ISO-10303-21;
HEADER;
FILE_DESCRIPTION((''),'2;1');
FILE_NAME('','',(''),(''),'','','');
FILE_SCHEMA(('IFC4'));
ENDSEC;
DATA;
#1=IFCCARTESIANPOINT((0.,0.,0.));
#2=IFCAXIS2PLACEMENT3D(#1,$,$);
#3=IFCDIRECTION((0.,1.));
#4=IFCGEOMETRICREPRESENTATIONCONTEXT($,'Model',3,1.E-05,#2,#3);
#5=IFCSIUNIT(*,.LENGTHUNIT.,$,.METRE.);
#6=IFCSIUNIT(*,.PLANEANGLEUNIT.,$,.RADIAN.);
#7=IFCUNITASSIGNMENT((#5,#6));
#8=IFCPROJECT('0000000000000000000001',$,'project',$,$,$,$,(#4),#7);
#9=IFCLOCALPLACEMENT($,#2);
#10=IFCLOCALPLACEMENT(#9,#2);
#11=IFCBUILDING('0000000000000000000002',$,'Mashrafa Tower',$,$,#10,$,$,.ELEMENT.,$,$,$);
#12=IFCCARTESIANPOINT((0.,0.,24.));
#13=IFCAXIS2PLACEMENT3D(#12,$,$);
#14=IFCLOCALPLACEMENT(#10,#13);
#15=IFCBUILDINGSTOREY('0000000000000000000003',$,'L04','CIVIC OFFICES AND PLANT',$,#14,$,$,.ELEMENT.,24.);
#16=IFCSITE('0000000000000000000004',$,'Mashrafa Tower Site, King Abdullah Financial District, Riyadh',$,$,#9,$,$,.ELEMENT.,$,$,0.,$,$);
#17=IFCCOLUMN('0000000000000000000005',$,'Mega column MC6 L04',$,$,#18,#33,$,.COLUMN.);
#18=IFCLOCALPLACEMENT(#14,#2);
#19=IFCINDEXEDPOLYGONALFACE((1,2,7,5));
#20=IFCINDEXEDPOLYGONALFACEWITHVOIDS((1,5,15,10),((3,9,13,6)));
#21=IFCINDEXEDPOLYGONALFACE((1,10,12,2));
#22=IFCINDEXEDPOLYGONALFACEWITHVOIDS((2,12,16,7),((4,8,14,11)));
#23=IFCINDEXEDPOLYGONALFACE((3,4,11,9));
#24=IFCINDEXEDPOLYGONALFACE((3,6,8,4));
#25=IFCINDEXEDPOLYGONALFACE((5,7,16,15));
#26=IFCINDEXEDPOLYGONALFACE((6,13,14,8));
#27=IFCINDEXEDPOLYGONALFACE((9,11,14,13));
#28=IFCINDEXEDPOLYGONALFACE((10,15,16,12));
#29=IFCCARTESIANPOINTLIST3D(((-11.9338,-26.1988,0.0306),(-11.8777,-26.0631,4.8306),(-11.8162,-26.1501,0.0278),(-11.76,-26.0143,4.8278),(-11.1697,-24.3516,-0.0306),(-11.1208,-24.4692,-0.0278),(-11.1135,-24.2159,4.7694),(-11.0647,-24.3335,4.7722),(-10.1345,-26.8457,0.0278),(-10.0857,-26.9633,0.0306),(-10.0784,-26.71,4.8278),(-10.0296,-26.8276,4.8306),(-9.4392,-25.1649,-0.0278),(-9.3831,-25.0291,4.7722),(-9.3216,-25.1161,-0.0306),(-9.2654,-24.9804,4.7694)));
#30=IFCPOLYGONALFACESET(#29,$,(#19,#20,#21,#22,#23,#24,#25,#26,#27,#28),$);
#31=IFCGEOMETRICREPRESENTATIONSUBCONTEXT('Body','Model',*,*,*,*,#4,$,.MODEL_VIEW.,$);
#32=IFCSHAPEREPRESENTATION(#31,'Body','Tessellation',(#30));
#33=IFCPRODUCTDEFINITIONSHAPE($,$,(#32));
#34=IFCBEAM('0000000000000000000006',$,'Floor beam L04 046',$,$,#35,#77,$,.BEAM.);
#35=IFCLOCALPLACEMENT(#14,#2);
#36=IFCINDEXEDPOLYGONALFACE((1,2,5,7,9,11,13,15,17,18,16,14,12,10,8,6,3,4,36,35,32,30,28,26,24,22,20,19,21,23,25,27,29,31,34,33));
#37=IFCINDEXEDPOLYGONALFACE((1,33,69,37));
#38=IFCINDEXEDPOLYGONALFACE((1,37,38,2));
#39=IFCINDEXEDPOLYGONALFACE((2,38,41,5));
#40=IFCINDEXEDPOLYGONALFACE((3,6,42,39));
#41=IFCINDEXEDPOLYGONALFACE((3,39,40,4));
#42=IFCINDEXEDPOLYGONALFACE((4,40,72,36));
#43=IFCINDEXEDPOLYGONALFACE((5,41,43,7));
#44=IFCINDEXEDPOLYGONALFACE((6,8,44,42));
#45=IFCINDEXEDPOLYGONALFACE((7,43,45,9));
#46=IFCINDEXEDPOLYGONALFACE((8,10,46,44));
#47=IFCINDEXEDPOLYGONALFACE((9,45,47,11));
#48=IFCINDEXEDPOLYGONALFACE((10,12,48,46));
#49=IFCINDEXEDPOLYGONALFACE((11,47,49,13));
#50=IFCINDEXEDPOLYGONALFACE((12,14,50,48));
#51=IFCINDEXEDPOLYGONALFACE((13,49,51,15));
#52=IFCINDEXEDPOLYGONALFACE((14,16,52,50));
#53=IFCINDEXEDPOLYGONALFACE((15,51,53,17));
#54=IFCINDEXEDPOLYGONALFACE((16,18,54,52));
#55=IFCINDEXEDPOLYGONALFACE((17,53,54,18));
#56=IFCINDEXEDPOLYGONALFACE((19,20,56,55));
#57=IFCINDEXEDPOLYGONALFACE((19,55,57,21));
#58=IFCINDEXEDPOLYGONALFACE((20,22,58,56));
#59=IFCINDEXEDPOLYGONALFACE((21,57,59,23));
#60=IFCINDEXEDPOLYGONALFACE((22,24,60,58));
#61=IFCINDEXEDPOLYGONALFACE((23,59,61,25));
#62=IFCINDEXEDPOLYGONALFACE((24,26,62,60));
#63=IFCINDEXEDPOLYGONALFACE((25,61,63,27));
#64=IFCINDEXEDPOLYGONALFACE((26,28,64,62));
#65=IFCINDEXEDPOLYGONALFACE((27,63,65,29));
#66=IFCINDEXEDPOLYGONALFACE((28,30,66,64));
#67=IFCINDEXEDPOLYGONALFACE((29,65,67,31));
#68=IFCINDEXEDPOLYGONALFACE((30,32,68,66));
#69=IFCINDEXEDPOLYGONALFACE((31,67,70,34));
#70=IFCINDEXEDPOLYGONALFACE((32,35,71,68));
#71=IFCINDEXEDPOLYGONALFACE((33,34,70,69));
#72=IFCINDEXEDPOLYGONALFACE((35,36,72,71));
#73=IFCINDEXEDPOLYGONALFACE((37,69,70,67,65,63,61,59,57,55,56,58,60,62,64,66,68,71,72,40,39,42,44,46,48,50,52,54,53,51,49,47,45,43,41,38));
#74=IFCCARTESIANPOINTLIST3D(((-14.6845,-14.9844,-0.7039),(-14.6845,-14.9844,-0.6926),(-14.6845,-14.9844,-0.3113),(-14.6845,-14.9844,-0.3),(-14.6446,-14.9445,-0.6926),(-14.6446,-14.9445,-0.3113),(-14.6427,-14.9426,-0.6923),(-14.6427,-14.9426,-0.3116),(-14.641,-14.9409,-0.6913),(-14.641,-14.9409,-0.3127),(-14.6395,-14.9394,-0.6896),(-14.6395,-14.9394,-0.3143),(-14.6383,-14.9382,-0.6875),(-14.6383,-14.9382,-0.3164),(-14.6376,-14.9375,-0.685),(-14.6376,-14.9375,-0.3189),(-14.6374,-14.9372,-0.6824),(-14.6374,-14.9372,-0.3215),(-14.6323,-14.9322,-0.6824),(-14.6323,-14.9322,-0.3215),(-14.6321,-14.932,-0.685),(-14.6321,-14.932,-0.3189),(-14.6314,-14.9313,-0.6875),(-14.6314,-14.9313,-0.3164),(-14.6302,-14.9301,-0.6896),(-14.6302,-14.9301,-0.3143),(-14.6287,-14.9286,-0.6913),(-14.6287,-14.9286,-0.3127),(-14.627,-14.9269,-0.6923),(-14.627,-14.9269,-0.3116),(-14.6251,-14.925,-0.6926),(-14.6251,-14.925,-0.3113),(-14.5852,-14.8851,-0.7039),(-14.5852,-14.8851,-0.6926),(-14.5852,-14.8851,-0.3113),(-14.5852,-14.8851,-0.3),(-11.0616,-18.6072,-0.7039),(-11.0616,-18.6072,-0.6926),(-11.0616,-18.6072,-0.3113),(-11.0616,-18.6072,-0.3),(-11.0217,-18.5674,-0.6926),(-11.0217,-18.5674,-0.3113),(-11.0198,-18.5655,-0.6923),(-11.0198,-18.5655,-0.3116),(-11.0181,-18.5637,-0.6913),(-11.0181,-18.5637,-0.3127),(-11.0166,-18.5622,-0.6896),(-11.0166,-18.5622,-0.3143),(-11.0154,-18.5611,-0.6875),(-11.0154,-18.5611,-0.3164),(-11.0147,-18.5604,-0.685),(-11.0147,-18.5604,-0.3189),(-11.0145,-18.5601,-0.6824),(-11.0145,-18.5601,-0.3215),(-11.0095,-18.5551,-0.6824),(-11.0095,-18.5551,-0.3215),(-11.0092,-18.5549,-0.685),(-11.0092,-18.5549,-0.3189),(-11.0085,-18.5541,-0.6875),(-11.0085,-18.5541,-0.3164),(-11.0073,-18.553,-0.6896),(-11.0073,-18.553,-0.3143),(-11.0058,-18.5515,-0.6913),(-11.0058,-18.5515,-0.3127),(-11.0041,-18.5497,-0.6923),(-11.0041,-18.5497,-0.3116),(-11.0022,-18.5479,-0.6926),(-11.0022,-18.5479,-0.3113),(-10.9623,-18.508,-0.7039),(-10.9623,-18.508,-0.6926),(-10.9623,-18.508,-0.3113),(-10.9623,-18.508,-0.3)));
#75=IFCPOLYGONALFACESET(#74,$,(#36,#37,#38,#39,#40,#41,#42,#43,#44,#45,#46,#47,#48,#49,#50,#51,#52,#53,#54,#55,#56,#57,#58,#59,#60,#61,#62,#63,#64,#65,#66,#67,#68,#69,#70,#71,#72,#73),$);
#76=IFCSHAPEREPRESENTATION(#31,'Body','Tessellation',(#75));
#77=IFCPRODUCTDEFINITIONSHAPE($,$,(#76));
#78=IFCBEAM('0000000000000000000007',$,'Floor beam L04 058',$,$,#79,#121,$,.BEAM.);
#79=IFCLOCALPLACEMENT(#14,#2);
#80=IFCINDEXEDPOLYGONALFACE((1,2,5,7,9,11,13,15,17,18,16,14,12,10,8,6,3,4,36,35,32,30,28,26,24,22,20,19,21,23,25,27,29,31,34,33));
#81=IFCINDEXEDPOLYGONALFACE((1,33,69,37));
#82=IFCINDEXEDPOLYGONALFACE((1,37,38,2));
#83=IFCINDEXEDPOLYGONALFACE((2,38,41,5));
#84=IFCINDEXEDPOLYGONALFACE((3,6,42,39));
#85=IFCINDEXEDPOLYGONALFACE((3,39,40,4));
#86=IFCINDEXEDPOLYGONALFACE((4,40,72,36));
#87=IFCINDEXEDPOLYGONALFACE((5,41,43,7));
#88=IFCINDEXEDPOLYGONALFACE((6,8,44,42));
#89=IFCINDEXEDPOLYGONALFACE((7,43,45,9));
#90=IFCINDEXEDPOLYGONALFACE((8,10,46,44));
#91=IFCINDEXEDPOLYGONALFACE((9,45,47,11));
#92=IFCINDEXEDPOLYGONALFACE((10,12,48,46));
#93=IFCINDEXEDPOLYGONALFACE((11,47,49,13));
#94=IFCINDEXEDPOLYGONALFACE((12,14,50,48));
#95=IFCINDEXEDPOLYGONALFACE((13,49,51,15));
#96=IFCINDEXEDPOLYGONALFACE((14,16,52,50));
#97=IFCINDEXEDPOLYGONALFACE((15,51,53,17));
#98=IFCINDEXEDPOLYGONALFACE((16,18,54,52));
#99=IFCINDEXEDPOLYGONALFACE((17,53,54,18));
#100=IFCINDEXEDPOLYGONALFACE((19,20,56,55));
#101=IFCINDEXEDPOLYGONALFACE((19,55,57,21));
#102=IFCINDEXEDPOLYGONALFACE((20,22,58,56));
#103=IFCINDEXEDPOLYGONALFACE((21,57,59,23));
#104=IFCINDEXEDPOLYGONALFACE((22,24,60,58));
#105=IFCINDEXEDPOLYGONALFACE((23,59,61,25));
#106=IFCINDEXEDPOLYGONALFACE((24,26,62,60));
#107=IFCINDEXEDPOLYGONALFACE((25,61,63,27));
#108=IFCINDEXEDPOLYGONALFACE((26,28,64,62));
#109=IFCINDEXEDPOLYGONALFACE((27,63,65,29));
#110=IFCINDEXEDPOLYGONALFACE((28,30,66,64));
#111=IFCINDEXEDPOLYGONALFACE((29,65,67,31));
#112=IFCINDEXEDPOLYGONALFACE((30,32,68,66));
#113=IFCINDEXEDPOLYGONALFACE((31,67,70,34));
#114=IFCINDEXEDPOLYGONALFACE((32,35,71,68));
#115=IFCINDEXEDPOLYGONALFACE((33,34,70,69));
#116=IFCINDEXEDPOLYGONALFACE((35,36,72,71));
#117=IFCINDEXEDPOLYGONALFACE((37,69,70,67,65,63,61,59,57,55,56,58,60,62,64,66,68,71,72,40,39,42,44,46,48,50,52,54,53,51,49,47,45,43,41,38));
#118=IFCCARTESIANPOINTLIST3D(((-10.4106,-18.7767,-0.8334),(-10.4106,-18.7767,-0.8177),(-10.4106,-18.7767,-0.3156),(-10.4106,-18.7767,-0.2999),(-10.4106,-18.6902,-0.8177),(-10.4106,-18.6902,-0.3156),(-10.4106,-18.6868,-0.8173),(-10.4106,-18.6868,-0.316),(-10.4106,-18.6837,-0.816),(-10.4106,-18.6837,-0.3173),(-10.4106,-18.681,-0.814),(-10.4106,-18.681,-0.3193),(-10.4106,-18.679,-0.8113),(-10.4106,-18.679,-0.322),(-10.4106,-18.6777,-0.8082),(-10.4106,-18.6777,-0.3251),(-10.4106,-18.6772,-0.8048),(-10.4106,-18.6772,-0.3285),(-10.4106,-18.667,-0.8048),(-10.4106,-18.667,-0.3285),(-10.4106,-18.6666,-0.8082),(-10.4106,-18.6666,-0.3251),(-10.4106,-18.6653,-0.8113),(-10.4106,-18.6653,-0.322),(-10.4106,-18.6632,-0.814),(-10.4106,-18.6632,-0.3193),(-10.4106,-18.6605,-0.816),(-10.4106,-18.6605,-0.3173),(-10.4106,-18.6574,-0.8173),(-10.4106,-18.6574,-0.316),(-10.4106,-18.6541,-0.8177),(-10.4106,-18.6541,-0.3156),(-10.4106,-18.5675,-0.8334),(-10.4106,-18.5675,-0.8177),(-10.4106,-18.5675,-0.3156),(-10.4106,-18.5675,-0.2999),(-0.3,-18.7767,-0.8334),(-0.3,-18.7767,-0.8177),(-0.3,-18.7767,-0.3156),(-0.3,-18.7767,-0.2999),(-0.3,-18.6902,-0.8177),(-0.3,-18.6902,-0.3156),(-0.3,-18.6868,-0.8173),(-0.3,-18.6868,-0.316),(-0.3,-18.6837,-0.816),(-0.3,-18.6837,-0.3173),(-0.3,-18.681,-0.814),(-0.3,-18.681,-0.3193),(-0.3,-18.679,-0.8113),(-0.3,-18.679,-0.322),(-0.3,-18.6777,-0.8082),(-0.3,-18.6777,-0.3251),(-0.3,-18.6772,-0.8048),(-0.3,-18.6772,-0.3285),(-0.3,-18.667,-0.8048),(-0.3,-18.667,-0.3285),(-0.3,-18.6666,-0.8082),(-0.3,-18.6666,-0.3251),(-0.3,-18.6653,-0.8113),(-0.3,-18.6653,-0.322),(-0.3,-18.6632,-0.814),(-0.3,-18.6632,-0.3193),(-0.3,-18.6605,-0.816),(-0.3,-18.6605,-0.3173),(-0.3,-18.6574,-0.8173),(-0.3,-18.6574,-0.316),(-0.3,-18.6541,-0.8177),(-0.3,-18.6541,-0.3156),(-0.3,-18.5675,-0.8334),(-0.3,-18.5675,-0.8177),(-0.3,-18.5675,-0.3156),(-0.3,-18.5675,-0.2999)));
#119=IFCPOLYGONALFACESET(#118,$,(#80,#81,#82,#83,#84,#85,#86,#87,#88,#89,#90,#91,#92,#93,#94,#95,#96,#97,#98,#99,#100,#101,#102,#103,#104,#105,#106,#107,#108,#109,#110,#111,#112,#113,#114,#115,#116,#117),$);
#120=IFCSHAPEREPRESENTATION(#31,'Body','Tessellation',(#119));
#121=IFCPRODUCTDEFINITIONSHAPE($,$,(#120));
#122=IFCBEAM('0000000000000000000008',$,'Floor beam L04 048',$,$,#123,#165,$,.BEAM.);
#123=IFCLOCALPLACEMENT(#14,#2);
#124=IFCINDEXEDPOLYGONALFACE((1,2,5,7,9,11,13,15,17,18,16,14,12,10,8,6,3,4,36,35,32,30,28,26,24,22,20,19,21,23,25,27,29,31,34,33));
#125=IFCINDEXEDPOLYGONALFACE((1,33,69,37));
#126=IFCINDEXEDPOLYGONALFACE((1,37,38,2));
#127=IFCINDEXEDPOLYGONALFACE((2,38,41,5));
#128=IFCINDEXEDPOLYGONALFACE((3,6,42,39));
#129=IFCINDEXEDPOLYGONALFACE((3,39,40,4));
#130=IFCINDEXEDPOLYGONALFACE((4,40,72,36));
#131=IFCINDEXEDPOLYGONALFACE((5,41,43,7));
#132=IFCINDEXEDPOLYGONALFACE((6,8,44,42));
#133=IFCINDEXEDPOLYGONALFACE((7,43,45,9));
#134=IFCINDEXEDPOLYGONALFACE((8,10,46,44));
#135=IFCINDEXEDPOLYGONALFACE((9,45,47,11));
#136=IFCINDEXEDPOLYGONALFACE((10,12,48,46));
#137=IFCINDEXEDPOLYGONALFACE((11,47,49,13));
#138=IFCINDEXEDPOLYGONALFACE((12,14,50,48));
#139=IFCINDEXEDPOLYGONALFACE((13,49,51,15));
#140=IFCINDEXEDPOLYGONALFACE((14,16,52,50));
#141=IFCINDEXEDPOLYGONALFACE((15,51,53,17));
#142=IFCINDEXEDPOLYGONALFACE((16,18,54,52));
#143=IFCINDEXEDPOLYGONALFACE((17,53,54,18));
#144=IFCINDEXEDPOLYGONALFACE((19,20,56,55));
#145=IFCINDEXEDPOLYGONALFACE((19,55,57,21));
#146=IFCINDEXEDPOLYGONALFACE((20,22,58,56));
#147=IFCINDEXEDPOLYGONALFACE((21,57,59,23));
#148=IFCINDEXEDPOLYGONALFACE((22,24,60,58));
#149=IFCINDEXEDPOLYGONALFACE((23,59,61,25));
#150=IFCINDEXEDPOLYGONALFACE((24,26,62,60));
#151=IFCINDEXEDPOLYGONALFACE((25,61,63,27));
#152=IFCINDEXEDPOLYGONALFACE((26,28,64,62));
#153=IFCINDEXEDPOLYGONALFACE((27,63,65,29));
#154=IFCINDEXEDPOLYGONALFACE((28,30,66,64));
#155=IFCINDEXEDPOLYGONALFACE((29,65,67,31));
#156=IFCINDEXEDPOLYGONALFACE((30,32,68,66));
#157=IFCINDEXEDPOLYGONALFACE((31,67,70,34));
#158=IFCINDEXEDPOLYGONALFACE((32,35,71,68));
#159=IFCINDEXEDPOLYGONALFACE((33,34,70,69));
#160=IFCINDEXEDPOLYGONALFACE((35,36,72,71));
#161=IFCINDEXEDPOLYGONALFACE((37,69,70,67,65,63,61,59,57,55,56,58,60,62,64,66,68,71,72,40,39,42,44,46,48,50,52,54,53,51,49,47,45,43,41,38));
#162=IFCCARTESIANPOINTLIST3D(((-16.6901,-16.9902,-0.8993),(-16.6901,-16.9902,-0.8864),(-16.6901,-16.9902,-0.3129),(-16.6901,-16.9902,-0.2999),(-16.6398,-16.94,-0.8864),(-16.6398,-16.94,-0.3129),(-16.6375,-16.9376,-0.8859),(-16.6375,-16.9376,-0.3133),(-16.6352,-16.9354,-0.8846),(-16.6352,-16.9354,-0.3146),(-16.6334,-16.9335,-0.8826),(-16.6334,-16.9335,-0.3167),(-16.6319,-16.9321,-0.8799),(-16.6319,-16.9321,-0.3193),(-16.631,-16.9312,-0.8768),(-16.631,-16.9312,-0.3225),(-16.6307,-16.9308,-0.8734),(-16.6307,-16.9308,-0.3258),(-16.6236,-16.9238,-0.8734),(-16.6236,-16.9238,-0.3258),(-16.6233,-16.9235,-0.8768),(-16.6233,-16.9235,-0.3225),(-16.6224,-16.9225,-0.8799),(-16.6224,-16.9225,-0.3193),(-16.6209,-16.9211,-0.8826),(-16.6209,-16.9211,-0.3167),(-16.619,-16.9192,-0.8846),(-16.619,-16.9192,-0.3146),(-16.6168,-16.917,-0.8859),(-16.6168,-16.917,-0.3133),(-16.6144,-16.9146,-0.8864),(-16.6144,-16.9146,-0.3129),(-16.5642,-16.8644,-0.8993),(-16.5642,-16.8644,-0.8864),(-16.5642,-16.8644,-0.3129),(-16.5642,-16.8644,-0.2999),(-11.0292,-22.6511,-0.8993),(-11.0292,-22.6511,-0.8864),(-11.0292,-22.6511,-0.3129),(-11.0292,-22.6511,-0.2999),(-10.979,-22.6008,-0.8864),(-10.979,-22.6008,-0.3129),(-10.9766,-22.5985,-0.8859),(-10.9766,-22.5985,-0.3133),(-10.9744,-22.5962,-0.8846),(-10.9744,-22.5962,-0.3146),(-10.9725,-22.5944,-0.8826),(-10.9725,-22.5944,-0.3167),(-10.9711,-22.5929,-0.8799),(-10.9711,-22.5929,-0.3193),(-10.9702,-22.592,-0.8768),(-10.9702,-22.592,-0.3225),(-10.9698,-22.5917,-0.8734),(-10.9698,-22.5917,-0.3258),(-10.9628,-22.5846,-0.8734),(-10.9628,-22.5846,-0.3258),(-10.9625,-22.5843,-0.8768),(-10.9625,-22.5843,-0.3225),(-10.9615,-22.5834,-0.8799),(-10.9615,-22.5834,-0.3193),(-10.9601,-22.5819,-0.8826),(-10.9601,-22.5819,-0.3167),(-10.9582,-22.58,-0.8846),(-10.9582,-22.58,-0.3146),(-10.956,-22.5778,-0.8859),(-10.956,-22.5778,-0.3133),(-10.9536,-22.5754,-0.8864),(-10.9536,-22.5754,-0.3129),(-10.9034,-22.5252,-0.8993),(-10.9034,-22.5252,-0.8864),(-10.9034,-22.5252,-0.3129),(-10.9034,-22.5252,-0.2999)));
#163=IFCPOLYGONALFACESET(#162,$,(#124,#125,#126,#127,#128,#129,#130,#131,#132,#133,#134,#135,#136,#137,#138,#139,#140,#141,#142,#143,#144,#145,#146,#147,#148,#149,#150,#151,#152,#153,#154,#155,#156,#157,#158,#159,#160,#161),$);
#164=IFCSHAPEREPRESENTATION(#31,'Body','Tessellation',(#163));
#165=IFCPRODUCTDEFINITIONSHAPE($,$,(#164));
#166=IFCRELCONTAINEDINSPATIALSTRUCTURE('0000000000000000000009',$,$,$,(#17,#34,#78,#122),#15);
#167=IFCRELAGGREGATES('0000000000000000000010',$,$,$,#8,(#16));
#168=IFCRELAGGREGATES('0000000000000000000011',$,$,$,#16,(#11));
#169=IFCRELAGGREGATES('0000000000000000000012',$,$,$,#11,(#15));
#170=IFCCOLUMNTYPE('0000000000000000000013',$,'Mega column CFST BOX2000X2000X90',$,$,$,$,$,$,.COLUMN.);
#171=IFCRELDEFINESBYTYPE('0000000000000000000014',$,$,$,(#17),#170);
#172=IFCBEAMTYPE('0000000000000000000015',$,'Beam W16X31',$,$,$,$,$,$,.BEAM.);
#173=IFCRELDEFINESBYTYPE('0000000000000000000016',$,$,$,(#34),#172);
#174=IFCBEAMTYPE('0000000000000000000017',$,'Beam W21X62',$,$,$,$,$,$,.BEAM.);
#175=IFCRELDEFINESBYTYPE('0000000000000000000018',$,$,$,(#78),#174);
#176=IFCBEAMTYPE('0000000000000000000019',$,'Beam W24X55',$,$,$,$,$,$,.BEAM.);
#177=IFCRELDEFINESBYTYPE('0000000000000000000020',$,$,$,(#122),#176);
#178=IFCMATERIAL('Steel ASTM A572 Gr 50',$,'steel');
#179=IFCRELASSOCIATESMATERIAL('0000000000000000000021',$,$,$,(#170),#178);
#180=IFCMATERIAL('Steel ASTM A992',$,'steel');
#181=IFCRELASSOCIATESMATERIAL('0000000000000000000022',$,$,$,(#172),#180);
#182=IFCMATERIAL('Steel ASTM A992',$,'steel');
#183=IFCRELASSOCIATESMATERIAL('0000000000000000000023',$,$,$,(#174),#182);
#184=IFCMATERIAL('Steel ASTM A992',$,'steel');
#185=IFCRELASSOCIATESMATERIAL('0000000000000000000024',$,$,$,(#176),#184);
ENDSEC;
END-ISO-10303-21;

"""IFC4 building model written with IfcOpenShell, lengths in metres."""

from ifc_helpers import new_model, si_unit, direction, frame, origin, origin_2d, place, context, subcontext, project, spatial, hollow_rectangle, i_section, extrude, material, material_profile, profile_set, type_object, element, save


model = new_model("IFC4")

# Units and contexts
model_context = context("Model", 3, precision=1e-05, world=origin(), true_north=direction((0.0, 1.0)))
body_context = subcontext(model_context, "Body", "Model", "MODEL_VIEW")
ifc_project = project(units=[si_unit("LENGTHUNIT", "METRE"), si_unit("PLANEANGLEUNIT", "RADIAN")], contexts=[model_context])

# Site, building, storey
site_placement = place(None, origin())
site = spatial("IfcSite", under=ifc_project, at=site_placement, Name="Mashrafa Tower Site, King Abdullah Financial District, Riyadh", CompositionType="ELEMENT", RefElevation=0.0)
building_placement = place(site_placement, origin())
building = spatial("IfcBuilding", under=site, at=building_placement, Name="Mashrafa Tower", CompositionType="ELEMENT")
storey_placement = place(building_placement, frame((0.0, 0.0, 24.0)))
storey = spatial("IfcBuildingStorey", under=building, at=storey_placement, Name="L04", Description="CIVIC OFFICES AND PLANT", CompositionType="ELEMENT", Elevation=24.0)

# Column
ifc_material_1 = material(Name="Steel ASTM A572 Gr 50", Category="steel")
ifc_material_profile_1 = material_profile(ifc_material_1, hollow_rectangle(XDim=2.0, YDim=2.0, WallThickness=0.0901, at=origin_2d()), Name="BOX2000X2000X90")
ifc_profile_set_1 = profile_set([ifc_material_profile_1], Name="Steel ASTM A572 Gr 50")
column_type = type_object("IfcColumnType", Name="Mega column CFST BOX2000X2000X90", PredefinedType="COLUMN", material=ifc_profile_set_1)
column_placement = place(storey_placement, frame((-10.6277, -25.6575, 0.0), z_axis=(0.011693, 0.028266, 0.999532), x_axis=(-0.924057, 0.382254, 0.0)))
element("IfcColumn", 1, at=column_placement, inside=storey, type_object=column_type, Name="Mega column MC6 L04", PredefinedType="COLUMN", context=body_context, shape_type="SweptSolid", body=[
    extrude(hollow_rectangle(XDim=2.0, YDim=2.0, WallThickness=0.0901, at=origin_2d()), origin(), (0.0, 0.0, 1.0), 4.8022),
])

# Beams
ifc_material_2 = material(Name="Steel ASTM A992", Category="steel")
ifc_material_profile_2 = material_profile(ifc_material_2, i_section(OverallWidth=0.1404, OverallDepth=0.4038, WebThickness=0.0071, FlangeThickness=0.0112, FilletRadius=0.0103, at=origin_2d()), Name="W16X31")
ifc_profile_set_2 = profile_set([ifc_material_profile_2], Name="Steel ASTM A992")
beam_type_1 = type_object("IfcBeamType", Name="Beam W16X31", PredefinedType="BEAM", material=ifc_profile_set_2)
beam_1_placement = place(storey_placement, frame((-11.012, -18.5576, -0.502), z_axis=(-0.707107, 0.707107, 0.0), x_axis=(-0.707107, -0.707107, 0.0)))
element("IfcBeam", 2, at=beam_1_placement, inside=storey, type_object=beam_type_1, Name="Floor beam L04 046", PredefinedType="BEAM", context=body_context, shape_type="SweptSolid", body=[
    extrude(i_section(OverallWidth=0.1404, OverallDepth=0.4038, WebThickness=0.0071, FlangeThickness=0.0112, FilletRadius=0.0103, at=origin_2d()), origin(), (0.0, 0.0, 1.0), 5.1235),
])
ifc_material_3 = material(Name="Steel ASTM A992", Category="steel")
ifc_material_profile_3 = material_profile(ifc_material_3, i_section(OverallWidth=0.2092, OverallDepth=0.5334, WebThickness=0.0103, FlangeThickness=0.0156, FilletRadius=0.0129, at=origin_2d()), Name="W21X62")
ifc_profile_set_3 = profile_set([ifc_material_profile_3], Name="Steel ASTM A992")
beam_type_2 = type_object("IfcBeamType", Name="Beam W21X62", PredefinedType="BEAM", material=ifc_profile_set_3)
beam_2_placement = place(storey_placement, frame((-0.3, -18.6721, -0.5667), z_axis=(-1.0, 0.0, 0.0), x_axis=(0.0, -1.0, 0.0)))
element("IfcBeam", 3, at=beam_2_placement, inside=storey, type_object=beam_type_2, Name="Floor beam L04 058", PredefinedType="BEAM", context=body_context, shape_type="SweptSolid", body=[
    extrude(i_section(OverallWidth=0.2092, OverallDepth=0.5334, WebThickness=0.0103, FlangeThickness=0.0156, FilletRadius=0.0129, at=origin_2d()), origin(), (0.0, 0.0, 1.0), 10.1106),
])
ifc_material_4 = material(Name="Steel ASTM A992", Category="steel")
ifc_material_profile_4 = material_profile(ifc_material_4, i_section(OverallWidth=0.178, OverallDepth=0.5994, WebThickness=0.01, FlangeThickness=0.0129, FilletRadius=0.0129, at=origin_2d()), Name="W24X55")
ifc_profile_set_4 = profile_set([ifc_material_profile_4], Name="Steel ASTM A992")
beam_type_3 = type_object("IfcBeamType", Name="Beam W24X55", PredefinedType="BEAM", material=ifc_profile_set_4)
beam_3_placement = place(storey_placement, frame((-10.9663, -22.5881, -0.5996), z_axis=(-0.707107, 0.707107, 0.0), x_axis=(-0.707107, -0.707107, 0.0)))
element("IfcBeam", 4, at=beam_3_placement, inside=storey, type_object=beam_type_3, Name="Floor beam L04 048", PredefinedType="BEAM", context=body_context, shape_type="SweptSolid", body=[
    extrude(i_section(OverallWidth=0.178, OverallDepth=0.5994, WebThickness=0.01, FlangeThickness=0.0129, FilletRadius=0.0129, at=origin_2d()), origin(), (0.0, 0.0, 1.0), 8.0056),
])

save(model, "model.ifc")
